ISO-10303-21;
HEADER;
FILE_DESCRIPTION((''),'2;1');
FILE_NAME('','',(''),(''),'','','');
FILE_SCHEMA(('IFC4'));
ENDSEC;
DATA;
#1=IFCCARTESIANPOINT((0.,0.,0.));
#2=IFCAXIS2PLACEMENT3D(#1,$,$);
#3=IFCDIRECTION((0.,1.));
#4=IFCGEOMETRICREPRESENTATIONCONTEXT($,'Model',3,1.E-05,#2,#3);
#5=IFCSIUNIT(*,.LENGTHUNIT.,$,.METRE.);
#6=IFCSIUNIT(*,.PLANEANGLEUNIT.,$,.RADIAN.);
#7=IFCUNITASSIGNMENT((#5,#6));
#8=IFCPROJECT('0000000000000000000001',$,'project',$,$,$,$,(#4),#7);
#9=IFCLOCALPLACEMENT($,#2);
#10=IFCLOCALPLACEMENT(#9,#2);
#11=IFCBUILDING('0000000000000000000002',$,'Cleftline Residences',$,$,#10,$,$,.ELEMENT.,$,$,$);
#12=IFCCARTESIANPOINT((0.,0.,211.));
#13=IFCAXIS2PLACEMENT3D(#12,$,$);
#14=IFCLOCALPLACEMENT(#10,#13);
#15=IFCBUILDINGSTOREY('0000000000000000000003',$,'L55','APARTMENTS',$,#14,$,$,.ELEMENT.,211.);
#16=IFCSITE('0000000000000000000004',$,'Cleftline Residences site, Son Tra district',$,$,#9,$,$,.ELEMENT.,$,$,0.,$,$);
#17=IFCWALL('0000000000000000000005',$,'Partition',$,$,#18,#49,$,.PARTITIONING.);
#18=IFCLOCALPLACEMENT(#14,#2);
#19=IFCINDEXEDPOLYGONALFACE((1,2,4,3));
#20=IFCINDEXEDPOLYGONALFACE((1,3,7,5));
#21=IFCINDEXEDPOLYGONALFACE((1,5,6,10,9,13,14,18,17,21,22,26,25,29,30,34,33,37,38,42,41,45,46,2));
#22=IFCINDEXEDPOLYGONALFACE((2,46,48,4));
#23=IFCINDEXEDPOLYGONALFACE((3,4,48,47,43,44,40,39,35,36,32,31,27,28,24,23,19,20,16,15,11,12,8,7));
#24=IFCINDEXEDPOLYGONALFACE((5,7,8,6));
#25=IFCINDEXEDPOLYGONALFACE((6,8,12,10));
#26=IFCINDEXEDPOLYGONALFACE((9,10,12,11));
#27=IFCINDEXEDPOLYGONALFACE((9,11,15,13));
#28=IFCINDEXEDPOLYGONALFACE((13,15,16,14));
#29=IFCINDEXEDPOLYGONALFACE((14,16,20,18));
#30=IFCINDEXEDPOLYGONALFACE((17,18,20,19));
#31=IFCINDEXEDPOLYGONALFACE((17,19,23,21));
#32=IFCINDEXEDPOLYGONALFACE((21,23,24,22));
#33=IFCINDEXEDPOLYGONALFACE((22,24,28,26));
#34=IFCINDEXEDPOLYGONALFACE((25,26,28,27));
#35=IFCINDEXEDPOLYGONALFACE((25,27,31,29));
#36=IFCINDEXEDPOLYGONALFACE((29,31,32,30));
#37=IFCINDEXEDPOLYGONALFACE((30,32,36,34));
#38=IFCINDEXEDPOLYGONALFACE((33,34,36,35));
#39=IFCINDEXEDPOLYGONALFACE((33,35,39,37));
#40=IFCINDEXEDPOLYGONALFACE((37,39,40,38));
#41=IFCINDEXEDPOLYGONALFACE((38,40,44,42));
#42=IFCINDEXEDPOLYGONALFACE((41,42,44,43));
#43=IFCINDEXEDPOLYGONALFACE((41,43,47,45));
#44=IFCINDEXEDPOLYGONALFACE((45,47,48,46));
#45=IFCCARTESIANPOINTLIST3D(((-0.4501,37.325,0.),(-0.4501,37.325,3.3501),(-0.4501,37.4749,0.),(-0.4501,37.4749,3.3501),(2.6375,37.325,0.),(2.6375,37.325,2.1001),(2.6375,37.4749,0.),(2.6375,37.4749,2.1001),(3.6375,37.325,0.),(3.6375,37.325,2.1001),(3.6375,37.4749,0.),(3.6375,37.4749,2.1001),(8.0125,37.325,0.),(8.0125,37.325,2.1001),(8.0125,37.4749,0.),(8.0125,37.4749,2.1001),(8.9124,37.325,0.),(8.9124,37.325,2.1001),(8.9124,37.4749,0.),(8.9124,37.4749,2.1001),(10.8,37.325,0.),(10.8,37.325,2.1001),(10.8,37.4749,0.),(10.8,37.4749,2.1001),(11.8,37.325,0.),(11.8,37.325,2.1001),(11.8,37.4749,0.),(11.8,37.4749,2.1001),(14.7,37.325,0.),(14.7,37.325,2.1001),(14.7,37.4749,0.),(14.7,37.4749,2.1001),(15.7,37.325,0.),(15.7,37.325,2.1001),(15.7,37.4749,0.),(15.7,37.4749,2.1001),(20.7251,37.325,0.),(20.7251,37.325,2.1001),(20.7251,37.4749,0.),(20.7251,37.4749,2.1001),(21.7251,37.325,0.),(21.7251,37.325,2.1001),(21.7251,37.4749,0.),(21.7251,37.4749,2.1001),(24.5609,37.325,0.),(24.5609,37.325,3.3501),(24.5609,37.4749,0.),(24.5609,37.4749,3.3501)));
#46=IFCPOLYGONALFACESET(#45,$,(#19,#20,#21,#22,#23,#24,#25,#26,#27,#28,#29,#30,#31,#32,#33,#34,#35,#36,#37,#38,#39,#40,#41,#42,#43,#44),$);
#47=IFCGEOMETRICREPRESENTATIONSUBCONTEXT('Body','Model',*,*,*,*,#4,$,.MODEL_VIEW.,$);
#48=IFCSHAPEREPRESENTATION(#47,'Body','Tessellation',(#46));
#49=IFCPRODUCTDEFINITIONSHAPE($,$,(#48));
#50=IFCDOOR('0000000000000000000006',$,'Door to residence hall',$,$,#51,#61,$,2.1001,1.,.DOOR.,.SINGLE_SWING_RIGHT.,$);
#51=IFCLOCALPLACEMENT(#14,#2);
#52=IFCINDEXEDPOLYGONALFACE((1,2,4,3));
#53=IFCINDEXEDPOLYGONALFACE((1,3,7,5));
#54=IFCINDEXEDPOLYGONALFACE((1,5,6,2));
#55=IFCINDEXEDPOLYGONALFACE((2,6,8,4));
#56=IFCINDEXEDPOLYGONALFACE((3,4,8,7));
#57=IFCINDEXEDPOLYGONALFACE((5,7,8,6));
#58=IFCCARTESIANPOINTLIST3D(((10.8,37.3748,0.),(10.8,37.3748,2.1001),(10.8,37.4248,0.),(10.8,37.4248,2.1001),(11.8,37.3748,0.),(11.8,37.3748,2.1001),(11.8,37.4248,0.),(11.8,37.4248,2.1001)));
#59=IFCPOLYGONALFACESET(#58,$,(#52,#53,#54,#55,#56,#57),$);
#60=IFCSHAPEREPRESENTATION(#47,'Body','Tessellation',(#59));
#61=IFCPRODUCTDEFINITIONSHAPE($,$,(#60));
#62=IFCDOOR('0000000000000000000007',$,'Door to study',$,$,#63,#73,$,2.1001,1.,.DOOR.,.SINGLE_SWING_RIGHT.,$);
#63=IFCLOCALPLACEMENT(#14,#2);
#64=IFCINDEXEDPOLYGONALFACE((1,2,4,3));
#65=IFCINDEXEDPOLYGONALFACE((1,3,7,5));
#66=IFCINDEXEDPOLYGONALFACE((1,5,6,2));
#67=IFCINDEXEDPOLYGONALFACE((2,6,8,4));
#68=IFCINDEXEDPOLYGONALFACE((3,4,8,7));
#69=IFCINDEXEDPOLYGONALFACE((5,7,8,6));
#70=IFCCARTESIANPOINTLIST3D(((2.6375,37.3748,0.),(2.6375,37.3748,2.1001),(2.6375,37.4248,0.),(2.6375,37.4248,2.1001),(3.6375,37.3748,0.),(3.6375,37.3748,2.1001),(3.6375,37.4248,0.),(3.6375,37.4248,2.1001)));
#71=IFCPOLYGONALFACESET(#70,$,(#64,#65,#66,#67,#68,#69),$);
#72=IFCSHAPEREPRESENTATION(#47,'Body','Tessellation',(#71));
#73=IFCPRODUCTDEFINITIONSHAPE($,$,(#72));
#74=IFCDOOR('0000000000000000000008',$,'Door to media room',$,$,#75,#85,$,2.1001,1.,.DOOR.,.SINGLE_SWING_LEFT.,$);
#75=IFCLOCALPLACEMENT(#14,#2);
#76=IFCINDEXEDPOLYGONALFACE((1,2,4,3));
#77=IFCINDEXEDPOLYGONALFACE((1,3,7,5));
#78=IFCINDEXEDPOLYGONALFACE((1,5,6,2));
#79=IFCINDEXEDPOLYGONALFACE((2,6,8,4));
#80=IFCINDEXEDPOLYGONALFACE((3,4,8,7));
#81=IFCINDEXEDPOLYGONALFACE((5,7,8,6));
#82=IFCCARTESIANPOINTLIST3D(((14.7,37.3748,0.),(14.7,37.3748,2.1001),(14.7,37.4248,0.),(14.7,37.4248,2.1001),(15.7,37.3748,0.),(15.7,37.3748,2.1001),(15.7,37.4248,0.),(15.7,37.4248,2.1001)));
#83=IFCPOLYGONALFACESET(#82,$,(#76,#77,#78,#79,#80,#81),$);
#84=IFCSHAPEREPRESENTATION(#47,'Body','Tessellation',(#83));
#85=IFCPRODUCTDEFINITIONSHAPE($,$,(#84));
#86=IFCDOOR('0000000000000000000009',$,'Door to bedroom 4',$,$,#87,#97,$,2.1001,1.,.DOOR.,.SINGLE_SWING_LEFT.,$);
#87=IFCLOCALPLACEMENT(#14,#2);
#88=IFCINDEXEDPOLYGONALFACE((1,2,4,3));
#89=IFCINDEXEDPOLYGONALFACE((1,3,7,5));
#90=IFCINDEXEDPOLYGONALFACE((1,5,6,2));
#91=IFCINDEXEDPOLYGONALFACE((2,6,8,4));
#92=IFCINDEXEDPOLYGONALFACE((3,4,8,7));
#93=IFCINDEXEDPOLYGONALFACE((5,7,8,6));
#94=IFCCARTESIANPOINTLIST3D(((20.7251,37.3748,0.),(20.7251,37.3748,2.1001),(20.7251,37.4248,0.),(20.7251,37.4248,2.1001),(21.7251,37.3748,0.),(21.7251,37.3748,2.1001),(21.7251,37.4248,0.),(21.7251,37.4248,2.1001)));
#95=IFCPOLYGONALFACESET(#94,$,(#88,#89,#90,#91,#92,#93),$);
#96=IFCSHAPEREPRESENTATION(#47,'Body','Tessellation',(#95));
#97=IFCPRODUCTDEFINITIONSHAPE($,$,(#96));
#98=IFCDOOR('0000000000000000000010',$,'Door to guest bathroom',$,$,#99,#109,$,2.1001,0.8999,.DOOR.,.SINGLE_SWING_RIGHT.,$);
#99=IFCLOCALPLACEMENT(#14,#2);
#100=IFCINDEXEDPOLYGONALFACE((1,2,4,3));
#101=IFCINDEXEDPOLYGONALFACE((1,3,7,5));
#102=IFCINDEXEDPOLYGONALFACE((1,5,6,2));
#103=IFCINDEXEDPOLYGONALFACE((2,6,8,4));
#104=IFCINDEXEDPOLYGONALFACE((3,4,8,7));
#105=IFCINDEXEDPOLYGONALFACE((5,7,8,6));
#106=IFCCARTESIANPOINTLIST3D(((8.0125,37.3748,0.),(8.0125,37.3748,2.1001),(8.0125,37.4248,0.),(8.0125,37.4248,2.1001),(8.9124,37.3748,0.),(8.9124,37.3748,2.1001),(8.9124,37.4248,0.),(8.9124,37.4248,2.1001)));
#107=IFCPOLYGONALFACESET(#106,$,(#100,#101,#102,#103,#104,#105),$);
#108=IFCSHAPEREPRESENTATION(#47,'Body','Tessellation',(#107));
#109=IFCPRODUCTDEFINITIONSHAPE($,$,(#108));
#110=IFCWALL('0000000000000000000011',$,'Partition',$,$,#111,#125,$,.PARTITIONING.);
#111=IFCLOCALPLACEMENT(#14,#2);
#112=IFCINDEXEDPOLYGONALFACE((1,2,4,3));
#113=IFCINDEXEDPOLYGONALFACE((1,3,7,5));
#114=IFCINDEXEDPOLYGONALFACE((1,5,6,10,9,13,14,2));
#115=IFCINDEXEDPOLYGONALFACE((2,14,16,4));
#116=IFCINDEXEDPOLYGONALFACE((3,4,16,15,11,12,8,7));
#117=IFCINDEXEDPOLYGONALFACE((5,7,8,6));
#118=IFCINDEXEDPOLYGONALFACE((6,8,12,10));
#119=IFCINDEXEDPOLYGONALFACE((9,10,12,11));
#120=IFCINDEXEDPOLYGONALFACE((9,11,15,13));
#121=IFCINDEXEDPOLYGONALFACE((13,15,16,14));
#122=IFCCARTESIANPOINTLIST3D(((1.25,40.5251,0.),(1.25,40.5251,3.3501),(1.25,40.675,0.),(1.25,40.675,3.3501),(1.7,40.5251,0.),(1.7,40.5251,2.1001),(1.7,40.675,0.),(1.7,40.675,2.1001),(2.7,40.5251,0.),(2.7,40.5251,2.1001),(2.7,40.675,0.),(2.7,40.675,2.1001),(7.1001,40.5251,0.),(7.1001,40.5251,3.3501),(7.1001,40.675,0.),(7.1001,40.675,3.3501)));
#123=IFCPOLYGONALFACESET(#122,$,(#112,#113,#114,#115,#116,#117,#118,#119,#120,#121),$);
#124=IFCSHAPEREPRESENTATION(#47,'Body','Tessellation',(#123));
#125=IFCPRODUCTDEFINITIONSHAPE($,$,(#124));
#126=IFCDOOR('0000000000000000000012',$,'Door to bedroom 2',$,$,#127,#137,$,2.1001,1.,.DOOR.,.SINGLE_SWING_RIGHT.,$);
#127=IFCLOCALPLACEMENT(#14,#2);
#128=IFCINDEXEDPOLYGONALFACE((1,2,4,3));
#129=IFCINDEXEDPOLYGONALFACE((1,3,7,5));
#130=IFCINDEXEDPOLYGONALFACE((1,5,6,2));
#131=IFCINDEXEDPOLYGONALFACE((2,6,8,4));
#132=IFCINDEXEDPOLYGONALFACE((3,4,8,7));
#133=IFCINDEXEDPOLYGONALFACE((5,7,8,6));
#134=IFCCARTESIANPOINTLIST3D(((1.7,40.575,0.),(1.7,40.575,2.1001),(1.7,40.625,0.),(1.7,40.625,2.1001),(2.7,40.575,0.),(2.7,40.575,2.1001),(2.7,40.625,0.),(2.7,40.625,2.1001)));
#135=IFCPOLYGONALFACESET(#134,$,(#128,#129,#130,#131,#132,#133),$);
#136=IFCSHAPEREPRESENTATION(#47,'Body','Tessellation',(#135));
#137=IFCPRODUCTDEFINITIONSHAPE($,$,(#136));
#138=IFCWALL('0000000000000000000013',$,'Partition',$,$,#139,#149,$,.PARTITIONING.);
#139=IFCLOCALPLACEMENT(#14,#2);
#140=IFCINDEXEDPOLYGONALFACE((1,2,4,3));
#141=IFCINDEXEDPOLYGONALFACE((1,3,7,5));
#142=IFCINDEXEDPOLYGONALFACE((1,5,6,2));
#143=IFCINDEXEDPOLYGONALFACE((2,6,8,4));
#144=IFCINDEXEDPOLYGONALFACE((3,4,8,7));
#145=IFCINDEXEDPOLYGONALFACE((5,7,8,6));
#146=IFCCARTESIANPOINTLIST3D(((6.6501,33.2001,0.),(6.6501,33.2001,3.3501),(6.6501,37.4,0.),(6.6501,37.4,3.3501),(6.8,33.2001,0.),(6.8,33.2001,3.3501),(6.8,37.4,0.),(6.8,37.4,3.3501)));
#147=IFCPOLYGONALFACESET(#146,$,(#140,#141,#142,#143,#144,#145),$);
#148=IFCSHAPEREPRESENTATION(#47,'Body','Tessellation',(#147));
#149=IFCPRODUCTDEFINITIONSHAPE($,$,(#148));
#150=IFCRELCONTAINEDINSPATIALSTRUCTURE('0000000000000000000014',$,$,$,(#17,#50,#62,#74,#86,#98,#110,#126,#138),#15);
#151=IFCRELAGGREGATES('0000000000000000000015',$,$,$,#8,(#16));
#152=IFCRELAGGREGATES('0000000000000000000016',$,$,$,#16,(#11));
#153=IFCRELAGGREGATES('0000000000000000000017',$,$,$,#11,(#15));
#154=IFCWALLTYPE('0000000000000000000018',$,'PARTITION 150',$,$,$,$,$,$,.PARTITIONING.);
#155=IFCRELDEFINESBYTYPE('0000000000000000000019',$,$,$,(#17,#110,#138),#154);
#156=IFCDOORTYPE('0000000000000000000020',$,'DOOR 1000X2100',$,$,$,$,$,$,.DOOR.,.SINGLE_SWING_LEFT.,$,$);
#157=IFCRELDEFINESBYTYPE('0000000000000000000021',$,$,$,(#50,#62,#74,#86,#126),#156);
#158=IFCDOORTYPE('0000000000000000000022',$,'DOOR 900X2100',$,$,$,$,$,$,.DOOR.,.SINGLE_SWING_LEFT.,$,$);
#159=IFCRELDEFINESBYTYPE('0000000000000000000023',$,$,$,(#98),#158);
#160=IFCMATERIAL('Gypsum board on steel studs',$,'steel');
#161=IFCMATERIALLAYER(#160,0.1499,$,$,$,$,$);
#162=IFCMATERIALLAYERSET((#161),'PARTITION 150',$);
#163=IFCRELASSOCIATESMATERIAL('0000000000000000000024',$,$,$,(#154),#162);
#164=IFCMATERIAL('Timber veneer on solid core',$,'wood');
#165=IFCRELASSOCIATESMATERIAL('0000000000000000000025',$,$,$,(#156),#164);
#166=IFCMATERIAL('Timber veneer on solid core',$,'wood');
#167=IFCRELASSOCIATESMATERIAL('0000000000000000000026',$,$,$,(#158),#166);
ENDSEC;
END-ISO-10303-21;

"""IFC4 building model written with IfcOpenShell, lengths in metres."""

from ifc_helpers import new_model, si_unit, direction, frame, frame_2d, origin, place, context, subcontext, project, spatial, rectangle, extrude, material, layer, layer_set, type_object, element, fill, save


model = new_model("IFC4")

# Units and contexts
model_context = context("Model", 3, precision=1e-05, world=origin(), true_north=direction((0.0, 1.0)))
body_context = subcontext(model_context, "Body", "Model", "MODEL_VIEW")
ifc_project = project(units=[si_unit("LENGTHUNIT", "METRE"), si_unit("PLANEANGLEUNIT", "RADIAN")], contexts=[model_context])

# Site, building, storey
site_placement = place(None, origin())
site = spatial("IfcSite", under=ifc_project, at=site_placement, Name="Cleftline Residences site, Son Tra district", CompositionType="ELEMENT", RefElevation=0.0)
building_placement = place(site_placement, origin())
building = spatial("IfcBuilding", under=site, at=building_placement, Name="Cleftline Residences", CompositionType="ELEMENT")
storey_placement = place(building_placement, frame((0.0, 0.0, 211.0)))
storey = spatial("IfcBuildingStorey", under=building, at=storey_placement, Name="L55", Description="APARTMENTS", CompositionType="ELEMENT", Elevation=211.0)

# Shared definitions
ifc_material_1 = material(Name="Gypsum board on steel studs", Category="steel")
ifc_layer = layer(ifc_material_1, 0.1499)
ifc_layer_set = layer_set([ifc_layer], Name="PARTITION 150")
wall_type = type_object("IfcWallType", Name="PARTITION 150", PredefinedType="PARTITIONING", material=ifc_layer_set)

# Wall, openings, doors
wall_1_placement = place(storey_placement, frame((-0.45, 37.3999, 0.0), z_axis=(0.0, 0.0, 1.0), x_axis=(1.0, 0.0, 0.0)))
wall_1 = element("IfcWall", 1, at=wall_1_placement, inside=storey, type_object=wall_type, Name="Partition", PredefinedType="PARTITIONING", context=body_context, shape_type="SweptSolid", body=[
    extrude(rectangle(XDim=25.011, YDim=0.1499, at=frame_2d((12.5054, 0.0))), origin(), (0.0, 0.0, 1.0), 3.3501),
])
opening_1_placement = place(wall_1_placement, frame((11.25, 0.0, 0.0)))
opening_1 = element("IfcOpeningElement", 2, at=opening_1_placement, cuts=wall_1, PredefinedType="OPENING", context=body_context, shape_type="SweptSolid", body=[
    extrude(rectangle(XDim=1.0, YDim=2.1001, at=frame_2d((0.5, 1.05))), frame((0.0, 0.085, 0.0), z_axis=(0.0, -1.0, 0.0), x_axis=(1.0, 0.0, 0.0)), (0.0, 0.0, 1.0), 0.1699),
])
opening_2_placement = place(wall_1_placement, frame((3.0874, 0.0, 0.0)))
opening_2 = element("IfcOpeningElement", 3, at=opening_2_placement, cuts=wall_1, PredefinedType="OPENING", context=body_context, shape_type="SweptSolid", body=[
    extrude(rectangle(XDim=1.0, YDim=2.1001, at=frame_2d((0.5, 1.05))), frame((0.0, 0.085, 0.0), z_axis=(0.0, -1.0, 0.0), x_axis=(1.0, 0.0, 0.0)), (0.0, 0.0, 1.0), 0.1699),
])
opening_3_placement = place(wall_1_placement, frame((8.4624, 0.0, 0.0)))
opening_3 = element("IfcOpeningElement", 4, at=opening_3_placement, cuts=wall_1, PredefinedType="OPENING", context=body_context, shape_type="SweptSolid", body=[
    extrude(rectangle(XDim=0.8999, YDim=2.1001, at=frame_2d((0.45, 1.05))), frame((0.0, 0.085, 0.0), z_axis=(0.0, -1.0, 0.0), x_axis=(1.0, 0.0, 0.0)), (0.0, 0.0, 1.0), 0.1699),
])
opening_4_placement = place(wall_1_placement, frame((15.1499, 0.0, 0.0)))
opening_4 = element("IfcOpeningElement", 5, at=opening_4_placement, cuts=wall_1, PredefinedType="OPENING", context=body_context, shape_type="SweptSolid", body=[
    extrude(rectangle(XDim=1.0, YDim=2.1001, at=frame_2d((0.5, 1.05))), frame((0.0, 0.085, 0.0), z_axis=(0.0, -1.0, 0.0), x_axis=(1.0, 0.0, 0.0)), (0.0, 0.0, 1.0), 0.1699),
])
opening_5_placement = place(wall_1_placement, frame((21.175, 0.0, 0.0)))
opening_5 = element("IfcOpeningElement", 6, at=opening_5_placement, cuts=wall_1, PredefinedType="OPENING", context=body_context, shape_type="SweptSolid", body=[
    extrude(rectangle(XDim=1.0, YDim=2.1001, at=frame_2d((0.5, 1.05))), frame((0.0, 0.085, 0.0), z_axis=(0.0, -1.0, 0.0), x_axis=(1.0, 0.0, 0.0)), (0.0, 0.0, 1.0), 0.1699),
])
ifc_material_2 = material(Name="Timber veneer on solid core", Category="wood")
door_type_1 = type_object("IfcDoorType", Name="DOOR 1000X2100", OperationType="SINGLE_SWING_LEFT", PredefinedType="DOOR", material=ifc_material_2)
door_1_placement = place(opening_1_placement, origin())
door_1 = element("IfcDoor", 7, at=door_1_placement, inside=storey, type_object=door_type_1, Name="Door to residence hall", OperationType="SINGLE_SWING_RIGHT", OverallHeight=2.1001, OverallWidth=1.0, PredefinedType="DOOR", context=body_context, shape_type="SweptSolid", body=[
    extrude(rectangle(XDim=1.0, YDim=2.1001, at=frame_2d((0.5, 1.05))), frame((0.0, 0.0249, 0.0), z_axis=(0.0, -1.0, 0.0), x_axis=(1.0, 0.0, 0.0)), (0.0, 0.0, 1.0), 0.05),
])
fill(opening_1, door_1)
door_2_placement = place(opening_2_placement, origin())
door_2 = element("IfcDoor", 8, at=door_2_placement, inside=storey, type_object=door_type_1, Name="Door to study", OperationType="SINGLE_SWING_RIGHT", OverallHeight=2.1001, OverallWidth=1.0, PredefinedType="DOOR", context=body_context, shape_type="SweptSolid", body=[
    extrude(rectangle(XDim=1.0, YDim=2.1001, at=frame_2d((0.5, 1.05))), frame((0.0, 0.0249, 0.0), z_axis=(0.0, -1.0, 0.0), x_axis=(1.0, 0.0, 0.0)), (0.0, 0.0, 1.0), 0.05),
])
fill(opening_2, door_2)
door_3_placement = place(opening_4_placement, origin())
door_3 = element("IfcDoor", 9, at=door_3_placement, inside=storey, type_object=door_type_1, Name="Door to media room", OperationType="SINGLE_SWING_LEFT", OverallHeight=2.1001, OverallWidth=1.0, PredefinedType="DOOR", context=body_context, shape_type="SweptSolid", body=[
    extrude(rectangle(XDim=1.0, YDim=2.1001, at=frame_2d((0.5, 1.05))), frame((0.0, 0.0249, 0.0), z_axis=(0.0, -1.0, 0.0), x_axis=(1.0, 0.0, 0.0)), (0.0, 0.0, 1.0), 0.05),
])
fill(opening_4, door_3)
door_4_placement = place(opening_5_placement, origin())
door_4 = element("IfcDoor", 10, at=door_4_placement, inside=storey, type_object=door_type_1, Name="Door to bedroom 4", OperationType="SINGLE_SWING_LEFT", OverallHeight=2.1001, OverallWidth=1.0, PredefinedType="DOOR", context=body_context, shape_type="SweptSolid", body=[
    extrude(rectangle(XDim=1.0, YDim=2.1001, at=frame_2d((0.5, 1.05))), frame((0.0, 0.0249, 0.0), z_axis=(0.0, -1.0, 0.0), x_axis=(1.0, 0.0, 0.0)), (0.0, 0.0, 1.0), 0.05),
])
fill(opening_5, door_4)
ifc_material_3 = material(Name="Timber veneer on solid core", Category="wood")
door_type_2 = type_object("IfcDoorType", Name="DOOR 900X2100", OperationType="SINGLE_SWING_LEFT", PredefinedType="DOOR", material=ifc_material_3)
door_5_placement = place(opening_3_placement, origin())
door_5 = element("IfcDoor", 11, at=door_5_placement, inside=storey, type_object=door_type_2, Name="Door to guest bathroom", OperationType="SINGLE_SWING_RIGHT", OverallHeight=2.1001, OverallWidth=0.8999, PredefinedType="DOOR", context=body_context, shape_type="SweptSolid", body=[
    extrude(rectangle(XDim=0.8999, YDim=2.1001, at=frame_2d((0.45, 1.05))), frame((0.0, 0.0249, 0.0), z_axis=(0.0, -1.0, 0.0), x_axis=(1.0, 0.0, 0.0)), (0.0, 0.0, 1.0), 0.05),
])
fill(opening_3, door_5)

# Wall, opening, door
wall_2_placement = place(storey_placement, frame((1.25, 40.6001, 0.0), z_axis=(0.0, 0.0, 1.0), x_axis=(1.0, 0.0, 0.0)))
wall_2 = element("IfcWall", 12, at=wall_2_placement, inside=storey, type_object=wall_type, Name="Partition", PredefinedType="PARTITIONING", context=body_context, shape_type="SweptSolid", body=[
    extrude(rectangle(XDim=5.8501, YDim=0.1499, at=frame_2d((2.925, 0.0))), origin(), (0.0, 0.0, 1.0), 3.3501),
])
opening_6_placement = place(wall_2_placement, frame((0.45, 0.0, 0.0)))
opening_6 = element("IfcOpeningElement", 13, at=opening_6_placement, cuts=wall_2, PredefinedType="OPENING", context=body_context, shape_type="SweptSolid", body=[
    extrude(rectangle(XDim=1.0, YDim=2.1001, at=frame_2d((0.5, 1.05))), frame((0.0, 0.085, 0.0), z_axis=(0.0, -1.0, 0.0), x_axis=(1.0, 0.0, 0.0)), (0.0, 0.0, 1.0), 0.1699),
])
door_6_placement = place(opening_6_placement, origin())
door_6 = element("IfcDoor", 14, at=door_6_placement, inside=storey, type_object=door_type_1, Name="Door to bedroom 2", OperationType="SINGLE_SWING_RIGHT", OverallHeight=2.1001, OverallWidth=1.0, PredefinedType="DOOR", context=body_context, shape_type="SweptSolid", body=[
    extrude(rectangle(XDim=1.0, YDim=2.1001, at=frame_2d((0.5, 1.05))), frame((0.0, 0.0249, 0.0), z_axis=(0.0, -1.0, 0.0), x_axis=(1.0, 0.0, 0.0)), (0.0, 0.0, 1.0), 0.05),
])
fill(opening_6, door_6)

# Wall
wall_3_placement = place(storey_placement, frame((6.7251, 33.2, 0.0), z_axis=(0.0, 0.0, 1.0), x_axis=(0.0, 1.0, 0.0)))
element("IfcWall", 15, at=wall_3_placement, inside=storey, type_object=wall_type, Name="Partition", PredefinedType="PARTITIONING", context=body_context, shape_type="SweptSolid", body=[
    extrude(rectangle(XDim=4.2, YDim=0.1499, at=frame_2d((2.1001, 0.0))), origin(), (0.0, 0.0, 1.0), 3.3501),
])

save(model, "model.ifc")
